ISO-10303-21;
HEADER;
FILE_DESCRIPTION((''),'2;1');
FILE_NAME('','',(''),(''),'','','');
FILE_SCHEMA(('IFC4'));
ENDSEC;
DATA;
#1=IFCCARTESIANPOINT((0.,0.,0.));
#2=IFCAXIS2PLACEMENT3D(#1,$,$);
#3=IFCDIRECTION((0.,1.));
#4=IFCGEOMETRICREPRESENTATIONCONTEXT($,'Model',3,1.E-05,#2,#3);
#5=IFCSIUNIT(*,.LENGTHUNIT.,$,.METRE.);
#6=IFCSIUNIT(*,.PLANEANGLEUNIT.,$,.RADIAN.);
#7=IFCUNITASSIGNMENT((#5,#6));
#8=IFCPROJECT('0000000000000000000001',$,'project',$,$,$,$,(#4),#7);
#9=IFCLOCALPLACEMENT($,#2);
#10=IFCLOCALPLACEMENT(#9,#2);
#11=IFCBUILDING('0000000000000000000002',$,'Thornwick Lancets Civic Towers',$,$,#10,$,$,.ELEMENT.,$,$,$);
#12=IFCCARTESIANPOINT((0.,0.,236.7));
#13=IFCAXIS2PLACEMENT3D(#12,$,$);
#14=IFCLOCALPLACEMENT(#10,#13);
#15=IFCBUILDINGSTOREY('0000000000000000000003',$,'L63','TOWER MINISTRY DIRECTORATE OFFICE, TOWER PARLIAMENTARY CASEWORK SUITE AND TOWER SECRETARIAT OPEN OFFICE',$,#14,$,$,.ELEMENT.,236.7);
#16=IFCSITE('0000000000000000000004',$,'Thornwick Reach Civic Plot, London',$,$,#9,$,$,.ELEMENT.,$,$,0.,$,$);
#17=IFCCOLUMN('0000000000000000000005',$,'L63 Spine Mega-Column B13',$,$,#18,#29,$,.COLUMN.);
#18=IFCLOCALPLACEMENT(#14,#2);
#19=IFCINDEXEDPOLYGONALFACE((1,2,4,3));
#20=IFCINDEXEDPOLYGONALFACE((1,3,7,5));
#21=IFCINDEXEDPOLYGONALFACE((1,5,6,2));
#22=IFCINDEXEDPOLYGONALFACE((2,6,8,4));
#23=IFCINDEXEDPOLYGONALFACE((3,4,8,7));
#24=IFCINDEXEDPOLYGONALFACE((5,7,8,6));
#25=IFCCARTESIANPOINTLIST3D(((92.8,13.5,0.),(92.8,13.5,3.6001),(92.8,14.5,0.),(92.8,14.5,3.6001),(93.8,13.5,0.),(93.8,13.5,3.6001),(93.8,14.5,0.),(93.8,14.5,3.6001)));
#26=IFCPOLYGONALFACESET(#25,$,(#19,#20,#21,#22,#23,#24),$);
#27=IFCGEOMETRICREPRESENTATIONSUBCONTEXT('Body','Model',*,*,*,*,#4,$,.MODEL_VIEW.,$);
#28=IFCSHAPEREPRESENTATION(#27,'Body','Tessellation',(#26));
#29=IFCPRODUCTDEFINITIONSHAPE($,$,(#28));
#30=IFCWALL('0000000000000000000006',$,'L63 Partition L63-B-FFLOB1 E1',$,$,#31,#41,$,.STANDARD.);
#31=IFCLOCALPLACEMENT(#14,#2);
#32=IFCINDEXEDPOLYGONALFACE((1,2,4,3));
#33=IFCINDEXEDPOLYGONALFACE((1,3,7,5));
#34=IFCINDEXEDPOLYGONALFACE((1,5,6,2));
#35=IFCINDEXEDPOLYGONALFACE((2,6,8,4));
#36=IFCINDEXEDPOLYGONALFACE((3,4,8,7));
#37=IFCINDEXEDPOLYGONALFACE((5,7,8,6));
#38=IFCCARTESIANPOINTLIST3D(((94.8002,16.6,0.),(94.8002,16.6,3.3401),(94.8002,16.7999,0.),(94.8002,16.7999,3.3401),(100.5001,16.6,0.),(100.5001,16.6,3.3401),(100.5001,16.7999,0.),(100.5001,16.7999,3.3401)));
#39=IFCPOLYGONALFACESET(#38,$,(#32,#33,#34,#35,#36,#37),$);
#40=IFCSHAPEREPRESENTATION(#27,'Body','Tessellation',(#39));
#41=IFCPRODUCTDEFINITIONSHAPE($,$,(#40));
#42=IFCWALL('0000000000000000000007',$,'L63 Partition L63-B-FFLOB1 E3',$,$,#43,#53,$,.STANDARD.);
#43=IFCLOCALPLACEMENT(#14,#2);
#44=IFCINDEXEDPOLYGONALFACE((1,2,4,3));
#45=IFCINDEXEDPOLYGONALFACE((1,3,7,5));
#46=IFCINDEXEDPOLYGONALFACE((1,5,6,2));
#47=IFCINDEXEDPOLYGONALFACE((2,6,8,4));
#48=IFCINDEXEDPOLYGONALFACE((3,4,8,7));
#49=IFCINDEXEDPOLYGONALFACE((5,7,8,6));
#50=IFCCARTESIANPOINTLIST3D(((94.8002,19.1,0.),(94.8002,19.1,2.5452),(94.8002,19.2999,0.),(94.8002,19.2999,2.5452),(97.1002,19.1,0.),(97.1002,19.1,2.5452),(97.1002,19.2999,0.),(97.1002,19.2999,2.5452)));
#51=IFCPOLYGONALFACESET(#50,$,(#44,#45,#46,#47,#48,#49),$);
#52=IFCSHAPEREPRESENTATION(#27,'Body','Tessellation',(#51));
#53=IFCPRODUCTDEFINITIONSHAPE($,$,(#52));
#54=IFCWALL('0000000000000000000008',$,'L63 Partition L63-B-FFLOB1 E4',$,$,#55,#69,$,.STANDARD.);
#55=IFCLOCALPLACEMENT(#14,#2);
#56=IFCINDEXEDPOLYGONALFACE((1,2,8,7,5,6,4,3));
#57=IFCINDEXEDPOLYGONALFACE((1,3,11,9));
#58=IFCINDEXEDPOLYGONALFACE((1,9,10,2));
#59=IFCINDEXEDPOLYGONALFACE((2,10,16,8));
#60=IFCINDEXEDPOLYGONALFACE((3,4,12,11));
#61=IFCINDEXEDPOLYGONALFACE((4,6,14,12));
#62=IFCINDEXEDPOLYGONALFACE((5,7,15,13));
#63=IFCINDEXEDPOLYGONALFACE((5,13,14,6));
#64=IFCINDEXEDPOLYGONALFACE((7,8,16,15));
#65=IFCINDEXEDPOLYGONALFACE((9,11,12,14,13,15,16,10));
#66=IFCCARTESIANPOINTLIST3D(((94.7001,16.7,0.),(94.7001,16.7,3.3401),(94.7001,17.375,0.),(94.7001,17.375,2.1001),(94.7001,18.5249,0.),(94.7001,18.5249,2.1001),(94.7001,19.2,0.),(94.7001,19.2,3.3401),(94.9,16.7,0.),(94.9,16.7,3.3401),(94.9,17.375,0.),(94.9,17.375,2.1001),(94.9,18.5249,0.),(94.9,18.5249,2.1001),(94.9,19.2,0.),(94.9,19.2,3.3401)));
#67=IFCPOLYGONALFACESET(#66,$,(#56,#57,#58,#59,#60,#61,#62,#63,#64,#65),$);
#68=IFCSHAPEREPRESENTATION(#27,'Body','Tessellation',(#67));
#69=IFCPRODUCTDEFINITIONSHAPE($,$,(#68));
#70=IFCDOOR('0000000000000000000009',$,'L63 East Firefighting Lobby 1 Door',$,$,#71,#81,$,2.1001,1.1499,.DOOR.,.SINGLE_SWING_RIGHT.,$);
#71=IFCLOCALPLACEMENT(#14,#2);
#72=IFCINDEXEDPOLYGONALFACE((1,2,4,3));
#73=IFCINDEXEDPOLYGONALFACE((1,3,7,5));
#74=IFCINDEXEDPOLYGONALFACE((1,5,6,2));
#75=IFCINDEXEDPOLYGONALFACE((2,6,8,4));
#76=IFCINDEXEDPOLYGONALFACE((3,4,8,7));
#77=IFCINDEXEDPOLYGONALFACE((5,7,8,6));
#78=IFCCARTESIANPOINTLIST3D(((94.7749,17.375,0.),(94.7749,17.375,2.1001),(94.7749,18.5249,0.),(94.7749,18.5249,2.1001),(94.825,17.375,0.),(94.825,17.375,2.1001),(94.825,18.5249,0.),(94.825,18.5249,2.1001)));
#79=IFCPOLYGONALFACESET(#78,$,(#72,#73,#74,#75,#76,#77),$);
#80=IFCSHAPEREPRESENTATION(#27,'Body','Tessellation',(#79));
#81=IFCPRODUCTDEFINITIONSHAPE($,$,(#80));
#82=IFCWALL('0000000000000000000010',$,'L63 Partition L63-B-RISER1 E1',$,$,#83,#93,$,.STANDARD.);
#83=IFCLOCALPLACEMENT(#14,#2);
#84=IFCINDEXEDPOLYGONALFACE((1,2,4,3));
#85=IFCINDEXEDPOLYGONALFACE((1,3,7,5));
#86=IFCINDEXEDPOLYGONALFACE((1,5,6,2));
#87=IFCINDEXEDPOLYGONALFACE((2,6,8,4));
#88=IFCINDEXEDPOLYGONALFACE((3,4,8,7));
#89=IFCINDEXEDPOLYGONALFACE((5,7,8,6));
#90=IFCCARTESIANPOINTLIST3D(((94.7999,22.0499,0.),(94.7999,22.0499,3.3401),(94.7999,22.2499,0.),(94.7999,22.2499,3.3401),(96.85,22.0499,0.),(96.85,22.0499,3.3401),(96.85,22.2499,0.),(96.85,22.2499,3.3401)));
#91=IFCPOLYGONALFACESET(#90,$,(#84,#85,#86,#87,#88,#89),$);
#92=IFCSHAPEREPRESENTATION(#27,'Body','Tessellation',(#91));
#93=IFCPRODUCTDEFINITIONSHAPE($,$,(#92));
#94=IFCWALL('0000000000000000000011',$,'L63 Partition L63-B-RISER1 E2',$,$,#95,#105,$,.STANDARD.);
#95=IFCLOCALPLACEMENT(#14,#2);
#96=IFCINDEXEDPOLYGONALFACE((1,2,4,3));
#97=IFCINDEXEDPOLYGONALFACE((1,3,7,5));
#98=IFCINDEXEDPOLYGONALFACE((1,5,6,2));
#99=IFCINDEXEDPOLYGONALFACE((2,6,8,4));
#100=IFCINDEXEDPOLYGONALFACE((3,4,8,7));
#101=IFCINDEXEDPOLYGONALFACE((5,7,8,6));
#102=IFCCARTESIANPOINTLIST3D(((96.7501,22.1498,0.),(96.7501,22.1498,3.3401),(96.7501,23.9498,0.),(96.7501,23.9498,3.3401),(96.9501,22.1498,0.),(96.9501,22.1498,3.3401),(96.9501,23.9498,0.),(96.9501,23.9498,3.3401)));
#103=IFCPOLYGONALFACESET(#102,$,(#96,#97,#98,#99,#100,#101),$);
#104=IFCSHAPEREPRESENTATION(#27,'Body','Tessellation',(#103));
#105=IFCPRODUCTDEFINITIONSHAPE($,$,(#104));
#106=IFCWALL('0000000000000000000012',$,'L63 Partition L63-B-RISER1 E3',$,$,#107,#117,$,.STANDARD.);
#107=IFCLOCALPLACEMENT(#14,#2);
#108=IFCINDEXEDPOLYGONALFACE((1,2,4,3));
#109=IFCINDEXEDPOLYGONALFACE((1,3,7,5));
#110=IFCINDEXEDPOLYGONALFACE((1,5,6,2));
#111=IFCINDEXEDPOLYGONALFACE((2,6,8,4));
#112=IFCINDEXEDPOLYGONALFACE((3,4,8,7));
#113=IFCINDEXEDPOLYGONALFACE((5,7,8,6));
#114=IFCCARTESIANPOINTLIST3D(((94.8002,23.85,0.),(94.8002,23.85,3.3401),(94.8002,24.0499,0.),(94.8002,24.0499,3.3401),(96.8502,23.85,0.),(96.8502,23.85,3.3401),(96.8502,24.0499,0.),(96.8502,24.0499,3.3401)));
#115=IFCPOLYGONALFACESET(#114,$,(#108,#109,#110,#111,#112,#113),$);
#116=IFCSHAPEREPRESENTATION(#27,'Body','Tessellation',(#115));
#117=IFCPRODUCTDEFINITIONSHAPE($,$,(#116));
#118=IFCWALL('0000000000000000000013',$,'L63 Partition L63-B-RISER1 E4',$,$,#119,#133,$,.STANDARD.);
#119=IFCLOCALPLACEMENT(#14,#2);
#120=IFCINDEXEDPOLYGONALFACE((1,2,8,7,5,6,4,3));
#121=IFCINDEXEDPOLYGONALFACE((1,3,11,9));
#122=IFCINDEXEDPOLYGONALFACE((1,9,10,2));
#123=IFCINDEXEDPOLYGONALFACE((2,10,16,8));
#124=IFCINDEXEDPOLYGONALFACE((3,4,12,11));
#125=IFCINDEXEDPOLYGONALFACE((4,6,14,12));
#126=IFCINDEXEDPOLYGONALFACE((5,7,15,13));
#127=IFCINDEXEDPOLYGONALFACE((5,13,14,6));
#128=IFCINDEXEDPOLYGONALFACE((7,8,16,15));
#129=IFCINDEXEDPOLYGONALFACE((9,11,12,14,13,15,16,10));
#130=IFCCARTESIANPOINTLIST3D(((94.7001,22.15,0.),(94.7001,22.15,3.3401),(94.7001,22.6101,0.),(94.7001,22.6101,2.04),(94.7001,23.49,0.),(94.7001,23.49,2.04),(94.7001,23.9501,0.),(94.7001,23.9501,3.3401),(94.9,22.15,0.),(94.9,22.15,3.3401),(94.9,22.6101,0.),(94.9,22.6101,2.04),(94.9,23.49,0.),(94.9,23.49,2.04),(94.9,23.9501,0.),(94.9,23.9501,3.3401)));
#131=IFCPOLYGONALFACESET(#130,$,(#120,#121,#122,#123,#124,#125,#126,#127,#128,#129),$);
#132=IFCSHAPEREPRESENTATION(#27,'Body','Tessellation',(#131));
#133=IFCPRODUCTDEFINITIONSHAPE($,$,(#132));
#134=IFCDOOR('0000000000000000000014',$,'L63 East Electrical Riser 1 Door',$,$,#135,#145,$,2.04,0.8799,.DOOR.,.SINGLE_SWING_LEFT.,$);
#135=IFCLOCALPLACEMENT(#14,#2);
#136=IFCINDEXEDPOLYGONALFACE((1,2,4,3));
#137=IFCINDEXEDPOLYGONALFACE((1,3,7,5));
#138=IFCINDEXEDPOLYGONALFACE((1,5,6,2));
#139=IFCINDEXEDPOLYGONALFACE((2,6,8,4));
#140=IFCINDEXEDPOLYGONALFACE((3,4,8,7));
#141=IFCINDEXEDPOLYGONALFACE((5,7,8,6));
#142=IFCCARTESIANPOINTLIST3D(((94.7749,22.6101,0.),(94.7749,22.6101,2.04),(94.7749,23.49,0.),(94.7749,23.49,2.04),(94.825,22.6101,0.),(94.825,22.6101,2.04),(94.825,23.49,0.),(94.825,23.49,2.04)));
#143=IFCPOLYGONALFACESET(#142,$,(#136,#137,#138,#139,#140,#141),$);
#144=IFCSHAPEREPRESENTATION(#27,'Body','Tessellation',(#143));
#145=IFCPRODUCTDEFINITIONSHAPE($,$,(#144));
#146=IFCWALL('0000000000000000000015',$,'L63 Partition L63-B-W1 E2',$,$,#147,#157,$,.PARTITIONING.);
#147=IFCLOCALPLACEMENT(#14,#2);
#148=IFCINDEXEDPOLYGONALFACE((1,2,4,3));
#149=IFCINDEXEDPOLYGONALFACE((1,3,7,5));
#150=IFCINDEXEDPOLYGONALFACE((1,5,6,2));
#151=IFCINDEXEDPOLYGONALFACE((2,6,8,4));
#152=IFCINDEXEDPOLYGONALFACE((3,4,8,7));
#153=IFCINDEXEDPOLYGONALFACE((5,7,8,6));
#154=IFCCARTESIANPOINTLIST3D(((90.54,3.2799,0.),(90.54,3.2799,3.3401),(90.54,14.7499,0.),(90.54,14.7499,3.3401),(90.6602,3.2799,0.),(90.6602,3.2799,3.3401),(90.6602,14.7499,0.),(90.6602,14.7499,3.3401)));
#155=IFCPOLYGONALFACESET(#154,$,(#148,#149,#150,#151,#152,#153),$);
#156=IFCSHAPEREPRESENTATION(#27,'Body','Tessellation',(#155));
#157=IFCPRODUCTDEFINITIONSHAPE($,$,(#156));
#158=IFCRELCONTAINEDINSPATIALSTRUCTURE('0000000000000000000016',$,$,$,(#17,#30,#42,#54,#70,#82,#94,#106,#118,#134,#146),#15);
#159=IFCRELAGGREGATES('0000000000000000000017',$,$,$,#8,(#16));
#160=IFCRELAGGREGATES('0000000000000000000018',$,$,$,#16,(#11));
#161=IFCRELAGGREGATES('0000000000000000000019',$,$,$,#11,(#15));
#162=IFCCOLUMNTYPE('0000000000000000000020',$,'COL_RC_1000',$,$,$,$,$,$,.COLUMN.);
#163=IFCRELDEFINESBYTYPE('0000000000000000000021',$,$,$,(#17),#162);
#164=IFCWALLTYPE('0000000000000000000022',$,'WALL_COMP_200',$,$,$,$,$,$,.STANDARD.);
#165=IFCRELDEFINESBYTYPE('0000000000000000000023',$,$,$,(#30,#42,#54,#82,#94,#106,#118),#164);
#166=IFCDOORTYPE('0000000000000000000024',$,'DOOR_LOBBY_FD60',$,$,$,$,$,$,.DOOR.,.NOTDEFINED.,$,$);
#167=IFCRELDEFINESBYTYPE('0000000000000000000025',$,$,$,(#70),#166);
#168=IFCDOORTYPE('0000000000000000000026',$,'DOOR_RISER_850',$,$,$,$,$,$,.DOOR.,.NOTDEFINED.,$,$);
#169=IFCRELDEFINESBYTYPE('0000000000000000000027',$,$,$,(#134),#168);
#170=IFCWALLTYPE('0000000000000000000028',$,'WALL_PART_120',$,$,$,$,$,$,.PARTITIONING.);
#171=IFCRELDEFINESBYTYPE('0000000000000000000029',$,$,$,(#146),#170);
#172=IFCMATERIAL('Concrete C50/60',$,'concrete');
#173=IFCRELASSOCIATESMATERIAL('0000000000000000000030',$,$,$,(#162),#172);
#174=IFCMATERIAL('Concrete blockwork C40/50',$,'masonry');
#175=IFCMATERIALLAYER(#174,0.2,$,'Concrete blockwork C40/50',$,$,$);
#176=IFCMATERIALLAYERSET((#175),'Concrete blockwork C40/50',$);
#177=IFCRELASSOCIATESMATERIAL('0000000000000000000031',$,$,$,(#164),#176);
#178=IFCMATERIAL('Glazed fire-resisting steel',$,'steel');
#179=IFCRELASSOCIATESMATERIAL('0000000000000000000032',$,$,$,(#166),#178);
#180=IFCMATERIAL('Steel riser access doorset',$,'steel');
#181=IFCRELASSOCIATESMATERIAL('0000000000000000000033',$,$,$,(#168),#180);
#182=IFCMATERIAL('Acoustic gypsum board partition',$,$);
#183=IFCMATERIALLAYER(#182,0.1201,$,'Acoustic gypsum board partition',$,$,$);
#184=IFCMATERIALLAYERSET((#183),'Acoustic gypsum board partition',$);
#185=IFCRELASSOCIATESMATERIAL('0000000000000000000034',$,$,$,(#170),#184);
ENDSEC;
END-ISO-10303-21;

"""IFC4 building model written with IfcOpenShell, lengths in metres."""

from ifc_helpers import new_model, si_unit, direction, frame, frame_2d, origin, origin_2d, place, context, subcontext, project, spatial, rectangle, extrude, material, layer, layer_set, material_profile, profile_set, type_object, element, fill, save


model = new_model("IFC4")

# Units and contexts
model_context = context("Model", 3, precision=1e-05, world=origin(), true_north=direction((0.0, 1.0)))
body_context = subcontext(model_context, "Body", "Model", "MODEL_VIEW")
ifc_project = project(units=[si_unit("LENGTHUNIT", "METRE"), si_unit("PLANEANGLEUNIT", "RADIAN")], contexts=[model_context])

# Site, building, storey
site_placement = place(None, origin())
site = spatial("IfcSite", under=ifc_project, at=site_placement, Name="Thornwick Reach Civic Plot, London", CompositionType="ELEMENT", RefElevation=0.0)
building_placement = place(site_placement, origin())
building = spatial("IfcBuilding", under=site, at=building_placement, Name="Thornwick Lancets Civic Towers", CompositionType="ELEMENT")
storey_placement = place(building_placement, frame((0.0, 0.0, 236.7)))
storey = spatial("IfcBuildingStorey", under=building, at=storey_placement, Name="L63", Description="TOWER MINISTRY DIRECTORATE OFFICE, TOWER PARLIAMENTARY CASEWORK SUITE AND TOWER SECRETARIAT OPEN OFFICE", CompositionType="ELEMENT", Elevation=236.7)

# Column
ifc_material_1 = material(Name="Concrete C50/60", Category="concrete")
ifc_material_profile = material_profile(ifc_material_1, rectangle(XDim=1.0, YDim=1.0, at=origin_2d()), Name="RC 1000x1000")
ifc_profile_set = profile_set([ifc_material_profile], Name="Concrete C50/60")
column_type = type_object("IfcColumnType", Name="COL_RC_1000", PredefinedType="COLUMN", material=ifc_profile_set)
column_placement = place(storey_placement, frame((93.3, 14.0, 0.0), z_axis=(0.0, 0.0, 1.0), x_axis=(1.0, 0.0, 0.0)))
element("IfcColumn", 1, at=column_placement, inside=storey, type_object=column_type, Name="L63 Spine Mega-Column B13", PredefinedType="COLUMN", context=body_context, shape_type="SweptSolid", body=[
    extrude(rectangle(XDim=1.0, YDim=1.0, at=origin_2d()), origin(), (0.0, 0.0, 1.0), 3.6001),
])

# Walls
ifc_material_2 = material(Name="Concrete blockwork C40/50", Category="masonry")
ifc_layer_1 = layer(ifc_material_2, 0.2, Name="Concrete blockwork C40/50")
ifc_layer_set_1 = layer_set([ifc_layer_1], Name="Concrete blockwork C40/50")
wall_type_1 = type_object("IfcWallType", Name="WALL_COMP_200", PredefinedType="STANDARD", material=ifc_layer_set_1)
wall_1_placement = place(storey_placement, frame((94.8, 16.7, 0.0), z_axis=(0.0, 0.0, 1.0), x_axis=(1.0, 0.0, 0.0)))
element("IfcWall", 2, at=wall_1_placement, inside=storey, type_object=wall_type_1, Name="L63 Partition L63-B-FFLOB1 E1", PredefinedType="STANDARD", context=body_context, shape_type="SweptSolid", body=[
    extrude(rectangle(XDim=5.7, YDim=0.2, at=frame_2d((2.8501, 0.0))), origin(), (0.0, 0.0, 1.0), 3.3401),
])
wall_2_placement = place(storey_placement, frame((97.1001, 19.2, 0.0), z_axis=(0.0, 0.0, 1.0), x_axis=(-1.0, 0.0, 0.0)))
element("IfcWall", 3, at=wall_2_placement, inside=storey, type_object=wall_type_1, Name="L63 Partition L63-B-FFLOB1 E3", PredefinedType="STANDARD", context=body_context, shape_type="SweptSolid", body=[
    extrude(rectangle(XDim=2.3, YDim=0.2, at=frame_2d((1.1499, 0.0))), origin(), (0.0, 0.0, 1.0), 2.5452),
])

# Wall, opening, door
wall_3_placement = place(storey_placement, frame((94.8, 19.2, 0.0), z_axis=(0.0, 0.0, 1.0), x_axis=(0.0, -1.0, 0.0)))
wall_3 = element("IfcWall", 4, at=wall_3_placement, inside=storey, type_object=wall_type_1, Name="L63 Partition L63-B-FFLOB1 E4", PredefinedType="STANDARD", context=body_context, shape_type="SweptSolid", body=[
    extrude(rectangle(XDim=2.5, YDim=0.2, at=frame_2d((1.25, 0.0))), origin(), (0.0, 0.0, 1.0), 3.3401),
])
opening_1_placement = place(wall_3_placement, frame((0.675, 0.0, 0.0)))
opening_1 = element("IfcOpeningElement", 5, at=opening_1_placement, cuts=wall_3, PredefinedType="OPENING", context=body_context, shape_type="SweptSolid", body=[
    extrude(rectangle(XDim=1.1499, YDim=2.1001, at=frame_2d((0.575, 1.05))), frame((0.0, 0.1099, 0.0), z_axis=(0.0, -1.0, 0.0), x_axis=(1.0, 0.0, 0.0)), (0.0, 0.0, 1.0), 0.22),
])
ifc_material_3 = material(Name="Glazed fire-resisting steel", Category="steel")
door_type_1 = type_object("IfcDoorType", Name="DOOR_LOBBY_FD60", OperationType="NOTDEFINED", PredefinedType="DOOR", material=ifc_material_3)
door_1_placement = place(opening_1_placement, origin())
door_1 = element("IfcDoor", 6, at=door_1_placement, inside=storey, type_object=door_type_1, Name="L63 East Firefighting Lobby 1 Door", OperationType="SINGLE_SWING_RIGHT", OverallHeight=2.1001, OverallWidth=1.1499, PredefinedType="DOOR", context=body_context, shape_type="SweptSolid", body=[
    extrude(rectangle(XDim=1.1499, YDim=2.1001, at=frame_2d((0.575, 1.05))), frame((0.0, 0.0249, 0.0), z_axis=(0.0, -1.0, 0.0), x_axis=(1.0, 0.0, 0.0)), (0.0, 0.0, 1.0), 0.05),
])
fill(opening_1, door_1)

# Walls
wall_4_placement = place(storey_placement, frame((94.8, 22.1499, 0.0), z_axis=(0.0, 0.0, 1.0), x_axis=(1.0, 0.0, 0.0)))
element("IfcWall", 7, at=wall_4_placement, inside=storey, type_object=wall_type_1, Name="L63 Partition L63-B-RISER1 E1", PredefinedType="STANDARD", context=body_context, shape_type="SweptSolid", body=[
    extrude(rectangle(XDim=2.05, YDim=0.2, at=frame_2d((1.0249, 0.0))), origin(), (0.0, 0.0, 1.0), 3.3401),
])
wall_5_placement = place(storey_placement, frame((96.8501, 22.1499, 0.0), z_axis=(0.0, 0.0, 1.0), x_axis=(0.0, 1.0, 0.0)))
element("IfcWall", 8, at=wall_5_placement, inside=storey, type_object=wall_type_1, Name="L63 Partition L63-B-RISER1 E2", PredefinedType="STANDARD", context=body_context, shape_type="SweptSolid", body=[
    extrude(rectangle(XDim=1.8, YDim=0.2, at=frame_2d((0.8999, 0.0))), origin(), (0.0, 0.0, 1.0), 3.3401),
])
wall_6_placement = place(storey_placement, frame((96.8501, 23.95, 0.0), z_axis=(0.0, 0.0, 1.0), x_axis=(-1.0, 0.0, 0.0)))
element("IfcWall", 9, at=wall_6_placement, inside=storey, type_object=wall_type_1, Name="L63 Partition L63-B-RISER1 E3", PredefinedType="STANDARD", context=body_context, shape_type="SweptSolid", body=[
    extrude(rectangle(XDim=2.05, YDim=0.2, at=frame_2d((1.0249, 0.0))), origin(), (0.0, 0.0, 1.0), 3.3401),
])

# Wall, opening, door
wall_7_placement = place(storey_placement, frame((94.8, 23.95, 0.0), z_axis=(0.0, 0.0, 1.0), x_axis=(0.0, -1.0, 0.0)))
wall_7 = element("IfcWall", 10, at=wall_7_placement, inside=storey, type_object=wall_type_1, Name="L63 Partition L63-B-RISER1 E4", PredefinedType="STANDARD", context=body_context, shape_type="SweptSolid", body=[
    extrude(rectangle(XDim=1.8, YDim=0.2, at=frame_2d((0.8999, 0.0))), origin(), (0.0, 0.0, 1.0), 3.3401),
])
opening_2_placement = place(wall_7_placement, frame((0.46, 0.0, 0.0)))
opening_2 = element("IfcOpeningElement", 11, at=opening_2_placement, cuts=wall_7, PredefinedType="OPENING", context=body_context, shape_type="SweptSolid", body=[
    extrude(rectangle(XDim=0.8799, YDim=2.04, at=frame_2d((0.4399, 1.02))), frame((0.0, 0.1099, 0.0), z_axis=(0.0, -1.0, 0.0), x_axis=(1.0, 0.0, 0.0)), (0.0, 0.0, 1.0), 0.22),
])
ifc_material_4 = material(Name="Steel riser access doorset", Category="steel")
door_type_2 = type_object("IfcDoorType", Name="DOOR_RISER_850", OperationType="NOTDEFINED", PredefinedType="DOOR", material=ifc_material_4)
door_2_placement = place(opening_2_placement, origin())
door_2 = element("IfcDoor", 12, at=door_2_placement, inside=storey, type_object=door_type_2, Name="L63 East Electrical Riser 1 Door", OperationType="SINGLE_SWING_LEFT", OverallHeight=2.04, OverallWidth=0.8799, PredefinedType="DOOR", context=body_context, shape_type="SweptSolid", body=[
    extrude(rectangle(XDim=0.8799, YDim=2.04, at=frame_2d((0.4399, 1.02))), frame((0.0, 0.0249, 0.0), z_axis=(0.0, -1.0, 0.0), x_axis=(1.0, 0.0, 0.0)), (0.0, 0.0, 1.0), 0.05),
])
fill(opening_2, door_2)

# Wall
ifc_material_5 = material(Name="Acoustic gypsum board partition")
ifc_layer_2 = layer(ifc_material_5, 0.1201, Name="Acoustic gypsum board partition")
ifc_layer_set_2 = layer_set([ifc_layer_2], Name="Acoustic gypsum board partition")
wall_type_2 = type_object("IfcWallType", Name="WALL_PART_120", PredefinedType="PARTITIONING", material=ifc_layer_set_2)
wall_8_placement = place(storey_placement, frame((90.6001, 3.28, 0.0), z_axis=(0.0, 0.0, 1.0), x_axis=(0.0, 1.0, 0.0)))
element("IfcWall", 13, at=wall_8_placement, inside=storey, type_object=wall_type_2, Name="L63 Partition L63-B-W1 E2", PredefinedType="PARTITIONING", context=body_context, shape_type="SweptSolid", body=[
    extrude(rectangle(XDim=11.47, YDim=0.1201, at=frame_2d((5.7349, 0.0))), origin(), (0.0, 0.0, 1.0), 3.3401),
])

save(model, "model.ifc")
